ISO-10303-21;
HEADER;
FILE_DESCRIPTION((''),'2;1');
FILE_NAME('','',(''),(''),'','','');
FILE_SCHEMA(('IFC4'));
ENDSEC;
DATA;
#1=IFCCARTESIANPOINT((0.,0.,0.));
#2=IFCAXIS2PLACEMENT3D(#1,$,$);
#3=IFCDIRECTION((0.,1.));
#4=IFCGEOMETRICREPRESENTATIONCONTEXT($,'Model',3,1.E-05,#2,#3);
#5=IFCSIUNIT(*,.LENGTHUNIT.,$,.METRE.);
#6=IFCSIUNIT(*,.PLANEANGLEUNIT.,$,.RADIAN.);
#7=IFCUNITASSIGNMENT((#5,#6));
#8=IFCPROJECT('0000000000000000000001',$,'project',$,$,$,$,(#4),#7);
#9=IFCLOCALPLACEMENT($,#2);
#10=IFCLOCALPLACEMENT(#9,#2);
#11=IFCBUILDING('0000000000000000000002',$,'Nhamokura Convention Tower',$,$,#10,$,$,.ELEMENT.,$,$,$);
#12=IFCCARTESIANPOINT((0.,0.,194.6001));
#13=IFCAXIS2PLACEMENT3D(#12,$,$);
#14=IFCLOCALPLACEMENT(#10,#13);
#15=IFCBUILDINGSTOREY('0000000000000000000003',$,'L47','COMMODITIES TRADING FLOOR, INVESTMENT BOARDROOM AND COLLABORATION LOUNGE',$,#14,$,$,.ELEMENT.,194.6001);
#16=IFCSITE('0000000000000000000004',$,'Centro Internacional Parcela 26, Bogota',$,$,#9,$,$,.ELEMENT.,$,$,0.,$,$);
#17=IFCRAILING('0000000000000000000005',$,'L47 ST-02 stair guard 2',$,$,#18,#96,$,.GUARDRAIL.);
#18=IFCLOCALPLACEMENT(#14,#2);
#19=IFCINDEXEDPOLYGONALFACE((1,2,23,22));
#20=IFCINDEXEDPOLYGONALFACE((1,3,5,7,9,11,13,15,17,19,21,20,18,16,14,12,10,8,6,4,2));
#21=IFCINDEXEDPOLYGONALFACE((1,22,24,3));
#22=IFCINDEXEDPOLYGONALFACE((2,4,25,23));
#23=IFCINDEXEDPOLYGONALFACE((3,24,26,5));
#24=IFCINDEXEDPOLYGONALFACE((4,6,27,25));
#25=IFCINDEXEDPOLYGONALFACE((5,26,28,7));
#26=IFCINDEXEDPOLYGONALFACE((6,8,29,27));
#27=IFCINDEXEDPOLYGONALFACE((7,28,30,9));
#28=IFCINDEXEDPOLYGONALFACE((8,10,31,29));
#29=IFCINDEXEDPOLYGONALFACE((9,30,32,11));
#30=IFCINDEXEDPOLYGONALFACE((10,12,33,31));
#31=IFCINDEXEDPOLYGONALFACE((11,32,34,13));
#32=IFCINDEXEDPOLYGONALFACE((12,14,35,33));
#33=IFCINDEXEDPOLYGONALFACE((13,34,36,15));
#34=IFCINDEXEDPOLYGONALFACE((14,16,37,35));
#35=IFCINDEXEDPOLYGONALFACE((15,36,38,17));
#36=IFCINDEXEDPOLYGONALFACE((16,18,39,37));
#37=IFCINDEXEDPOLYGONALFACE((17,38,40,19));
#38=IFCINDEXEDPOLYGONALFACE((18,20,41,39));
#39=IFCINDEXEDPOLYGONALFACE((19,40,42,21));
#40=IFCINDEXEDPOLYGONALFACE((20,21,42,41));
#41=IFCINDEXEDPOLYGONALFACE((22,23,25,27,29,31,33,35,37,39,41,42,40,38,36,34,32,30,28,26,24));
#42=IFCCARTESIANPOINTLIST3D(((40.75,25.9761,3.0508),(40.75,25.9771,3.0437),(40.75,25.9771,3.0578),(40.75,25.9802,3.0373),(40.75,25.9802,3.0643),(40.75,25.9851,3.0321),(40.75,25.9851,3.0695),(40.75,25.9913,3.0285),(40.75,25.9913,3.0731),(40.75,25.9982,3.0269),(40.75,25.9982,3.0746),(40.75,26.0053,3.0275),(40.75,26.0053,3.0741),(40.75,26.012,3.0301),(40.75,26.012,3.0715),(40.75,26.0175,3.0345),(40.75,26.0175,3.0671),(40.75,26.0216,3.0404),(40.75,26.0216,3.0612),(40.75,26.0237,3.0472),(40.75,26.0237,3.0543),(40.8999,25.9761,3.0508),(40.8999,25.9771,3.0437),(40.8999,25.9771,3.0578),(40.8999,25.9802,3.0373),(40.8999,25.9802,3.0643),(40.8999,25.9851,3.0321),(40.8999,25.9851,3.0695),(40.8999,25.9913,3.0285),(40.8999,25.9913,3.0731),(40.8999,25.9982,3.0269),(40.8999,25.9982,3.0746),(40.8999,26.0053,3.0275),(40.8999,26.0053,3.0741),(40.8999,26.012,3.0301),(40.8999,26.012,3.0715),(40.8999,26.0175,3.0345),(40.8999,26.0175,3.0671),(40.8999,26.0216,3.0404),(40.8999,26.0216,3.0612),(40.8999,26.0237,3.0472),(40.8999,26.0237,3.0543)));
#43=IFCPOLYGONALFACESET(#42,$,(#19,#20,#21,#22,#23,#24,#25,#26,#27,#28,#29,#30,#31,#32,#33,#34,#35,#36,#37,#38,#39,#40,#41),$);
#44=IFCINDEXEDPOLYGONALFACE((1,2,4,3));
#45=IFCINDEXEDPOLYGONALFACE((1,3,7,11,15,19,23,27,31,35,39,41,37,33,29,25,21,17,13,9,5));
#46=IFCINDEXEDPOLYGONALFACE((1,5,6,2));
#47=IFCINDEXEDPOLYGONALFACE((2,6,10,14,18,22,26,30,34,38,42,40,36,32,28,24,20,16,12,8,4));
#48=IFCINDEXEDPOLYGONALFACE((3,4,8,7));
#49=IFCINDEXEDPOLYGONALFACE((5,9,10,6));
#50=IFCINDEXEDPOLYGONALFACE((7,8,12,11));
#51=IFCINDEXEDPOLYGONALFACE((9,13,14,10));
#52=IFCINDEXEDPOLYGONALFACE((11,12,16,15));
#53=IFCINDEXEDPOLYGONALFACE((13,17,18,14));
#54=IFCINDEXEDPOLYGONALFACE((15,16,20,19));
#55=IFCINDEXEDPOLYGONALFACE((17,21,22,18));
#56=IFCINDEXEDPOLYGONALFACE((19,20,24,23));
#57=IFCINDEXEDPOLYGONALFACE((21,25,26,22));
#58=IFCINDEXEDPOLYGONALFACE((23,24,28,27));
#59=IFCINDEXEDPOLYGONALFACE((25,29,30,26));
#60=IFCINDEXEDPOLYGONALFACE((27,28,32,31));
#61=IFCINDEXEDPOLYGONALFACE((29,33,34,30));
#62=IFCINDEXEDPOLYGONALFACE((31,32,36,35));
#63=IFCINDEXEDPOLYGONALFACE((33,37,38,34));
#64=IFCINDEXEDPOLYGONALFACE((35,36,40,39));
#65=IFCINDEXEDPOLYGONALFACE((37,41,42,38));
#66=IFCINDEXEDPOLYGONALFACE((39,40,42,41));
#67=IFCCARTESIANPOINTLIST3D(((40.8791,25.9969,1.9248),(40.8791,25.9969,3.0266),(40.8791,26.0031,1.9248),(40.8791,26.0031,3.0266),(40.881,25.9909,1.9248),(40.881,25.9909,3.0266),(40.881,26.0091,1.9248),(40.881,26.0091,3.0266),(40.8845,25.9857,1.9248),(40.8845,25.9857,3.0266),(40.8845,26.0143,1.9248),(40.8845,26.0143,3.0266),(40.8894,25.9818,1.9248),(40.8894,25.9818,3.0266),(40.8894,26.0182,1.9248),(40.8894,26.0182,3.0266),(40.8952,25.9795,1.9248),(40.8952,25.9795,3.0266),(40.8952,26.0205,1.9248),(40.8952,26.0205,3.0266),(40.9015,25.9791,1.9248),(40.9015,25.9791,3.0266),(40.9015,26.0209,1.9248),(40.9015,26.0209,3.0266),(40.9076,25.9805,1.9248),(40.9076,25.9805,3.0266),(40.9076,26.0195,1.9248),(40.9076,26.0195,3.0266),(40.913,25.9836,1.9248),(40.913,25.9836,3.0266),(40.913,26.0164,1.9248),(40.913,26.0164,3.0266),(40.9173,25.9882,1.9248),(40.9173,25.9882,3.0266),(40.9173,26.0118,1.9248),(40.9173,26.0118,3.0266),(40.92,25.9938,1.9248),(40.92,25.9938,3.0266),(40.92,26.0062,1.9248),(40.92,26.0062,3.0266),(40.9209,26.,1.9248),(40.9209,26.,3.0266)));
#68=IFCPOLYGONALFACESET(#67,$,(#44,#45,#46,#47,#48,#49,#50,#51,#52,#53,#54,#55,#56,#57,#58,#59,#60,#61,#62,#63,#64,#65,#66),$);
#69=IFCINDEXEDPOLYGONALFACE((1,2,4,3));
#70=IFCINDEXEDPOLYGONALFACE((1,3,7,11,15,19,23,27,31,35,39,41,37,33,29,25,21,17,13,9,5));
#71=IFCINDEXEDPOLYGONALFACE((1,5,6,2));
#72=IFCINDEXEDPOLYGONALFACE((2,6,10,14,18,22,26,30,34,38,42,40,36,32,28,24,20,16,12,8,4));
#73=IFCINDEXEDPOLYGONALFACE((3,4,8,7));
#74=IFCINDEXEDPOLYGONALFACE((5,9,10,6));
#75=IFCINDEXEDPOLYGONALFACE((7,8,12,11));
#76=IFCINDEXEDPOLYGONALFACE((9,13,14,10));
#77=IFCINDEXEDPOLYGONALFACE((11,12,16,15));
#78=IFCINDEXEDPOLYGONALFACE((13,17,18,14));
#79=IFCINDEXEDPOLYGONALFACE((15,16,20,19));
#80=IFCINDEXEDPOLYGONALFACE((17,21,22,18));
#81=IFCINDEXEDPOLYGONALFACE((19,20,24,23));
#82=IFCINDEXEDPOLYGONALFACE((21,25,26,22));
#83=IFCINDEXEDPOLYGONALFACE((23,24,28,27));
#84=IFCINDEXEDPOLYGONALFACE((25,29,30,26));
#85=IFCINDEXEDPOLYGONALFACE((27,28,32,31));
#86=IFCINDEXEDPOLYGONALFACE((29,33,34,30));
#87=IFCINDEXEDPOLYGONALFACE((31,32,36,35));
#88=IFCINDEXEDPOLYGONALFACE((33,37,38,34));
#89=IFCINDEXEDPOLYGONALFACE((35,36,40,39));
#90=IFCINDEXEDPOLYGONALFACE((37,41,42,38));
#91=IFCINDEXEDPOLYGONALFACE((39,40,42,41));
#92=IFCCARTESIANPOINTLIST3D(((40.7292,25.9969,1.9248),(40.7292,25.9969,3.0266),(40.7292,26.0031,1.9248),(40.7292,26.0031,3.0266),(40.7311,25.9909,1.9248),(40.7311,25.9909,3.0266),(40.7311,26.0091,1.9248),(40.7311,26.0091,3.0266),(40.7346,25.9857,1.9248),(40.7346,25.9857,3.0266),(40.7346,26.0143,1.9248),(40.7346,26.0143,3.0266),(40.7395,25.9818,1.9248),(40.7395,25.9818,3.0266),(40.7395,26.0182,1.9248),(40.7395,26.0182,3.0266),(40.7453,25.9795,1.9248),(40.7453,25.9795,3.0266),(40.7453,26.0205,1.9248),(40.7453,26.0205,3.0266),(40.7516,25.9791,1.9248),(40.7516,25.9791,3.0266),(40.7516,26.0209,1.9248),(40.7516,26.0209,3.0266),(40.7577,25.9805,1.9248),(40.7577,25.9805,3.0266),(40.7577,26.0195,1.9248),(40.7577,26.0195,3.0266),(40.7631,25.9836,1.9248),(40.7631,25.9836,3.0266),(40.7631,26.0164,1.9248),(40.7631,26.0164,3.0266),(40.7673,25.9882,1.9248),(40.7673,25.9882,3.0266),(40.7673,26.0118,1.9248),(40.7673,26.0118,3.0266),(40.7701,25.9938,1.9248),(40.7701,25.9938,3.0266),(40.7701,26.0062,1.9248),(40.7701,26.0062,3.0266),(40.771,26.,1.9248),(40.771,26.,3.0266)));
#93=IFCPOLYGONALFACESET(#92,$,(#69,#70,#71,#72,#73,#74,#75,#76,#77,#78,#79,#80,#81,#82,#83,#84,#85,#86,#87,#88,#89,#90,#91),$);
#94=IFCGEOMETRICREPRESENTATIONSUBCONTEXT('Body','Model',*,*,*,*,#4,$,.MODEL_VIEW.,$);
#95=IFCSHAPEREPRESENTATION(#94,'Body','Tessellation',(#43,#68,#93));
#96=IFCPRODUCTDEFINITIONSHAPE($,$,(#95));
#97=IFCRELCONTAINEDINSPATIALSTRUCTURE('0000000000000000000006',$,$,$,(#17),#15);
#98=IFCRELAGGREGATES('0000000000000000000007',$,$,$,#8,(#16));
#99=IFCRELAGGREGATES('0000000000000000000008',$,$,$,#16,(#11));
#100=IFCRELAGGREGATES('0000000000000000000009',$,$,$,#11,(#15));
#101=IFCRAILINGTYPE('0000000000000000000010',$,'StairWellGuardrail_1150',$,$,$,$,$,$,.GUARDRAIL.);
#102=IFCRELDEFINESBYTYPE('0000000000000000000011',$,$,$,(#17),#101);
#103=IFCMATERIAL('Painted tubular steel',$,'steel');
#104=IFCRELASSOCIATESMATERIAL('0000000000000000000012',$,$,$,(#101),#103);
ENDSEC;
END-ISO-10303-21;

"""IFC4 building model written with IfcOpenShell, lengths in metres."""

from ifc_helpers import new_model, si_unit, direction, frame, origin, origin_2d, place, context, subcontext, project, spatial, circle, extrude, material, type_object, element, save


model = new_model("IFC4")

# Units and contexts
model_context = context("Model", 3, precision=1e-05, world=origin(), true_north=direction((0.0, 1.0)))
body_context = subcontext(model_context, "Body", "Model", "MODEL_VIEW")
ifc_project = project(units=[si_unit("LENGTHUNIT", "METRE"), si_unit("PLANEANGLEUNIT", "RADIAN")], contexts=[model_context])

# Site, building, storey
site_placement = place(None, origin())
site = spatial("IfcSite", under=ifc_project, at=site_placement, Name="Centro Internacional Parcela 26, Bogota", CompositionType="ELEMENT", RefElevation=0.0)
building_placement = place(site_placement, origin())
building = spatial("IfcBuilding", under=site, at=building_placement, Name="Nhamokura Convention Tower", CompositionType="ELEMENT")
storey_placement = place(building_placement, frame((0.0, 0.0, 194.6001)))
storey = spatial("IfcBuildingStorey", under=building, at=storey_placement, Name="L47", Description="COMMODITIES TRADING FLOOR, INVESTMENT BOARDROOM AND COLLABORATION LOUNGE", CompositionType="ELEMENT", Elevation=194.6001)

# Railing
ifc_material_1 = material(Name="Painted tubular steel", Category="steel")
railing_type_1 = type_object("IfcRailingType", Name="StairWellGuardrail_1150", PredefinedType="GUARDRAIL", material=ifc_material_1)
railing_1_placement = place(storey_placement, frame((40.8999, 26.0, 1.9248)))
element("IfcRailing", 1, at=railing_1_placement, inside=storey, type_object=railing_type_1, Name="L47 ST-02 stair guard 2", PredefinedType="GUARDRAIL", context=body_context, shape_type="SweptSolid", body=[
    extrude(circle(Radius=0.0239, at=origin_2d()), frame((0.0, 0.0, 1.126), z_axis=(-1.0, 0.0, 0.0), x_axis=(0.0, -1.0, 0.0)), (0.0, 0.0, 1.0), 0.1499),
    extrude(circle(Radius=0.021, at=origin_2d()), origin(), (0.0, 0.0, 1.0), 1.1018),
    extrude(circle(Radius=0.021, at=origin_2d()), frame((-0.1499, 0.0, 0.0)), (0.0, 0.0, 1.0), 1.1018),
])

save(model, "model.ifc")
